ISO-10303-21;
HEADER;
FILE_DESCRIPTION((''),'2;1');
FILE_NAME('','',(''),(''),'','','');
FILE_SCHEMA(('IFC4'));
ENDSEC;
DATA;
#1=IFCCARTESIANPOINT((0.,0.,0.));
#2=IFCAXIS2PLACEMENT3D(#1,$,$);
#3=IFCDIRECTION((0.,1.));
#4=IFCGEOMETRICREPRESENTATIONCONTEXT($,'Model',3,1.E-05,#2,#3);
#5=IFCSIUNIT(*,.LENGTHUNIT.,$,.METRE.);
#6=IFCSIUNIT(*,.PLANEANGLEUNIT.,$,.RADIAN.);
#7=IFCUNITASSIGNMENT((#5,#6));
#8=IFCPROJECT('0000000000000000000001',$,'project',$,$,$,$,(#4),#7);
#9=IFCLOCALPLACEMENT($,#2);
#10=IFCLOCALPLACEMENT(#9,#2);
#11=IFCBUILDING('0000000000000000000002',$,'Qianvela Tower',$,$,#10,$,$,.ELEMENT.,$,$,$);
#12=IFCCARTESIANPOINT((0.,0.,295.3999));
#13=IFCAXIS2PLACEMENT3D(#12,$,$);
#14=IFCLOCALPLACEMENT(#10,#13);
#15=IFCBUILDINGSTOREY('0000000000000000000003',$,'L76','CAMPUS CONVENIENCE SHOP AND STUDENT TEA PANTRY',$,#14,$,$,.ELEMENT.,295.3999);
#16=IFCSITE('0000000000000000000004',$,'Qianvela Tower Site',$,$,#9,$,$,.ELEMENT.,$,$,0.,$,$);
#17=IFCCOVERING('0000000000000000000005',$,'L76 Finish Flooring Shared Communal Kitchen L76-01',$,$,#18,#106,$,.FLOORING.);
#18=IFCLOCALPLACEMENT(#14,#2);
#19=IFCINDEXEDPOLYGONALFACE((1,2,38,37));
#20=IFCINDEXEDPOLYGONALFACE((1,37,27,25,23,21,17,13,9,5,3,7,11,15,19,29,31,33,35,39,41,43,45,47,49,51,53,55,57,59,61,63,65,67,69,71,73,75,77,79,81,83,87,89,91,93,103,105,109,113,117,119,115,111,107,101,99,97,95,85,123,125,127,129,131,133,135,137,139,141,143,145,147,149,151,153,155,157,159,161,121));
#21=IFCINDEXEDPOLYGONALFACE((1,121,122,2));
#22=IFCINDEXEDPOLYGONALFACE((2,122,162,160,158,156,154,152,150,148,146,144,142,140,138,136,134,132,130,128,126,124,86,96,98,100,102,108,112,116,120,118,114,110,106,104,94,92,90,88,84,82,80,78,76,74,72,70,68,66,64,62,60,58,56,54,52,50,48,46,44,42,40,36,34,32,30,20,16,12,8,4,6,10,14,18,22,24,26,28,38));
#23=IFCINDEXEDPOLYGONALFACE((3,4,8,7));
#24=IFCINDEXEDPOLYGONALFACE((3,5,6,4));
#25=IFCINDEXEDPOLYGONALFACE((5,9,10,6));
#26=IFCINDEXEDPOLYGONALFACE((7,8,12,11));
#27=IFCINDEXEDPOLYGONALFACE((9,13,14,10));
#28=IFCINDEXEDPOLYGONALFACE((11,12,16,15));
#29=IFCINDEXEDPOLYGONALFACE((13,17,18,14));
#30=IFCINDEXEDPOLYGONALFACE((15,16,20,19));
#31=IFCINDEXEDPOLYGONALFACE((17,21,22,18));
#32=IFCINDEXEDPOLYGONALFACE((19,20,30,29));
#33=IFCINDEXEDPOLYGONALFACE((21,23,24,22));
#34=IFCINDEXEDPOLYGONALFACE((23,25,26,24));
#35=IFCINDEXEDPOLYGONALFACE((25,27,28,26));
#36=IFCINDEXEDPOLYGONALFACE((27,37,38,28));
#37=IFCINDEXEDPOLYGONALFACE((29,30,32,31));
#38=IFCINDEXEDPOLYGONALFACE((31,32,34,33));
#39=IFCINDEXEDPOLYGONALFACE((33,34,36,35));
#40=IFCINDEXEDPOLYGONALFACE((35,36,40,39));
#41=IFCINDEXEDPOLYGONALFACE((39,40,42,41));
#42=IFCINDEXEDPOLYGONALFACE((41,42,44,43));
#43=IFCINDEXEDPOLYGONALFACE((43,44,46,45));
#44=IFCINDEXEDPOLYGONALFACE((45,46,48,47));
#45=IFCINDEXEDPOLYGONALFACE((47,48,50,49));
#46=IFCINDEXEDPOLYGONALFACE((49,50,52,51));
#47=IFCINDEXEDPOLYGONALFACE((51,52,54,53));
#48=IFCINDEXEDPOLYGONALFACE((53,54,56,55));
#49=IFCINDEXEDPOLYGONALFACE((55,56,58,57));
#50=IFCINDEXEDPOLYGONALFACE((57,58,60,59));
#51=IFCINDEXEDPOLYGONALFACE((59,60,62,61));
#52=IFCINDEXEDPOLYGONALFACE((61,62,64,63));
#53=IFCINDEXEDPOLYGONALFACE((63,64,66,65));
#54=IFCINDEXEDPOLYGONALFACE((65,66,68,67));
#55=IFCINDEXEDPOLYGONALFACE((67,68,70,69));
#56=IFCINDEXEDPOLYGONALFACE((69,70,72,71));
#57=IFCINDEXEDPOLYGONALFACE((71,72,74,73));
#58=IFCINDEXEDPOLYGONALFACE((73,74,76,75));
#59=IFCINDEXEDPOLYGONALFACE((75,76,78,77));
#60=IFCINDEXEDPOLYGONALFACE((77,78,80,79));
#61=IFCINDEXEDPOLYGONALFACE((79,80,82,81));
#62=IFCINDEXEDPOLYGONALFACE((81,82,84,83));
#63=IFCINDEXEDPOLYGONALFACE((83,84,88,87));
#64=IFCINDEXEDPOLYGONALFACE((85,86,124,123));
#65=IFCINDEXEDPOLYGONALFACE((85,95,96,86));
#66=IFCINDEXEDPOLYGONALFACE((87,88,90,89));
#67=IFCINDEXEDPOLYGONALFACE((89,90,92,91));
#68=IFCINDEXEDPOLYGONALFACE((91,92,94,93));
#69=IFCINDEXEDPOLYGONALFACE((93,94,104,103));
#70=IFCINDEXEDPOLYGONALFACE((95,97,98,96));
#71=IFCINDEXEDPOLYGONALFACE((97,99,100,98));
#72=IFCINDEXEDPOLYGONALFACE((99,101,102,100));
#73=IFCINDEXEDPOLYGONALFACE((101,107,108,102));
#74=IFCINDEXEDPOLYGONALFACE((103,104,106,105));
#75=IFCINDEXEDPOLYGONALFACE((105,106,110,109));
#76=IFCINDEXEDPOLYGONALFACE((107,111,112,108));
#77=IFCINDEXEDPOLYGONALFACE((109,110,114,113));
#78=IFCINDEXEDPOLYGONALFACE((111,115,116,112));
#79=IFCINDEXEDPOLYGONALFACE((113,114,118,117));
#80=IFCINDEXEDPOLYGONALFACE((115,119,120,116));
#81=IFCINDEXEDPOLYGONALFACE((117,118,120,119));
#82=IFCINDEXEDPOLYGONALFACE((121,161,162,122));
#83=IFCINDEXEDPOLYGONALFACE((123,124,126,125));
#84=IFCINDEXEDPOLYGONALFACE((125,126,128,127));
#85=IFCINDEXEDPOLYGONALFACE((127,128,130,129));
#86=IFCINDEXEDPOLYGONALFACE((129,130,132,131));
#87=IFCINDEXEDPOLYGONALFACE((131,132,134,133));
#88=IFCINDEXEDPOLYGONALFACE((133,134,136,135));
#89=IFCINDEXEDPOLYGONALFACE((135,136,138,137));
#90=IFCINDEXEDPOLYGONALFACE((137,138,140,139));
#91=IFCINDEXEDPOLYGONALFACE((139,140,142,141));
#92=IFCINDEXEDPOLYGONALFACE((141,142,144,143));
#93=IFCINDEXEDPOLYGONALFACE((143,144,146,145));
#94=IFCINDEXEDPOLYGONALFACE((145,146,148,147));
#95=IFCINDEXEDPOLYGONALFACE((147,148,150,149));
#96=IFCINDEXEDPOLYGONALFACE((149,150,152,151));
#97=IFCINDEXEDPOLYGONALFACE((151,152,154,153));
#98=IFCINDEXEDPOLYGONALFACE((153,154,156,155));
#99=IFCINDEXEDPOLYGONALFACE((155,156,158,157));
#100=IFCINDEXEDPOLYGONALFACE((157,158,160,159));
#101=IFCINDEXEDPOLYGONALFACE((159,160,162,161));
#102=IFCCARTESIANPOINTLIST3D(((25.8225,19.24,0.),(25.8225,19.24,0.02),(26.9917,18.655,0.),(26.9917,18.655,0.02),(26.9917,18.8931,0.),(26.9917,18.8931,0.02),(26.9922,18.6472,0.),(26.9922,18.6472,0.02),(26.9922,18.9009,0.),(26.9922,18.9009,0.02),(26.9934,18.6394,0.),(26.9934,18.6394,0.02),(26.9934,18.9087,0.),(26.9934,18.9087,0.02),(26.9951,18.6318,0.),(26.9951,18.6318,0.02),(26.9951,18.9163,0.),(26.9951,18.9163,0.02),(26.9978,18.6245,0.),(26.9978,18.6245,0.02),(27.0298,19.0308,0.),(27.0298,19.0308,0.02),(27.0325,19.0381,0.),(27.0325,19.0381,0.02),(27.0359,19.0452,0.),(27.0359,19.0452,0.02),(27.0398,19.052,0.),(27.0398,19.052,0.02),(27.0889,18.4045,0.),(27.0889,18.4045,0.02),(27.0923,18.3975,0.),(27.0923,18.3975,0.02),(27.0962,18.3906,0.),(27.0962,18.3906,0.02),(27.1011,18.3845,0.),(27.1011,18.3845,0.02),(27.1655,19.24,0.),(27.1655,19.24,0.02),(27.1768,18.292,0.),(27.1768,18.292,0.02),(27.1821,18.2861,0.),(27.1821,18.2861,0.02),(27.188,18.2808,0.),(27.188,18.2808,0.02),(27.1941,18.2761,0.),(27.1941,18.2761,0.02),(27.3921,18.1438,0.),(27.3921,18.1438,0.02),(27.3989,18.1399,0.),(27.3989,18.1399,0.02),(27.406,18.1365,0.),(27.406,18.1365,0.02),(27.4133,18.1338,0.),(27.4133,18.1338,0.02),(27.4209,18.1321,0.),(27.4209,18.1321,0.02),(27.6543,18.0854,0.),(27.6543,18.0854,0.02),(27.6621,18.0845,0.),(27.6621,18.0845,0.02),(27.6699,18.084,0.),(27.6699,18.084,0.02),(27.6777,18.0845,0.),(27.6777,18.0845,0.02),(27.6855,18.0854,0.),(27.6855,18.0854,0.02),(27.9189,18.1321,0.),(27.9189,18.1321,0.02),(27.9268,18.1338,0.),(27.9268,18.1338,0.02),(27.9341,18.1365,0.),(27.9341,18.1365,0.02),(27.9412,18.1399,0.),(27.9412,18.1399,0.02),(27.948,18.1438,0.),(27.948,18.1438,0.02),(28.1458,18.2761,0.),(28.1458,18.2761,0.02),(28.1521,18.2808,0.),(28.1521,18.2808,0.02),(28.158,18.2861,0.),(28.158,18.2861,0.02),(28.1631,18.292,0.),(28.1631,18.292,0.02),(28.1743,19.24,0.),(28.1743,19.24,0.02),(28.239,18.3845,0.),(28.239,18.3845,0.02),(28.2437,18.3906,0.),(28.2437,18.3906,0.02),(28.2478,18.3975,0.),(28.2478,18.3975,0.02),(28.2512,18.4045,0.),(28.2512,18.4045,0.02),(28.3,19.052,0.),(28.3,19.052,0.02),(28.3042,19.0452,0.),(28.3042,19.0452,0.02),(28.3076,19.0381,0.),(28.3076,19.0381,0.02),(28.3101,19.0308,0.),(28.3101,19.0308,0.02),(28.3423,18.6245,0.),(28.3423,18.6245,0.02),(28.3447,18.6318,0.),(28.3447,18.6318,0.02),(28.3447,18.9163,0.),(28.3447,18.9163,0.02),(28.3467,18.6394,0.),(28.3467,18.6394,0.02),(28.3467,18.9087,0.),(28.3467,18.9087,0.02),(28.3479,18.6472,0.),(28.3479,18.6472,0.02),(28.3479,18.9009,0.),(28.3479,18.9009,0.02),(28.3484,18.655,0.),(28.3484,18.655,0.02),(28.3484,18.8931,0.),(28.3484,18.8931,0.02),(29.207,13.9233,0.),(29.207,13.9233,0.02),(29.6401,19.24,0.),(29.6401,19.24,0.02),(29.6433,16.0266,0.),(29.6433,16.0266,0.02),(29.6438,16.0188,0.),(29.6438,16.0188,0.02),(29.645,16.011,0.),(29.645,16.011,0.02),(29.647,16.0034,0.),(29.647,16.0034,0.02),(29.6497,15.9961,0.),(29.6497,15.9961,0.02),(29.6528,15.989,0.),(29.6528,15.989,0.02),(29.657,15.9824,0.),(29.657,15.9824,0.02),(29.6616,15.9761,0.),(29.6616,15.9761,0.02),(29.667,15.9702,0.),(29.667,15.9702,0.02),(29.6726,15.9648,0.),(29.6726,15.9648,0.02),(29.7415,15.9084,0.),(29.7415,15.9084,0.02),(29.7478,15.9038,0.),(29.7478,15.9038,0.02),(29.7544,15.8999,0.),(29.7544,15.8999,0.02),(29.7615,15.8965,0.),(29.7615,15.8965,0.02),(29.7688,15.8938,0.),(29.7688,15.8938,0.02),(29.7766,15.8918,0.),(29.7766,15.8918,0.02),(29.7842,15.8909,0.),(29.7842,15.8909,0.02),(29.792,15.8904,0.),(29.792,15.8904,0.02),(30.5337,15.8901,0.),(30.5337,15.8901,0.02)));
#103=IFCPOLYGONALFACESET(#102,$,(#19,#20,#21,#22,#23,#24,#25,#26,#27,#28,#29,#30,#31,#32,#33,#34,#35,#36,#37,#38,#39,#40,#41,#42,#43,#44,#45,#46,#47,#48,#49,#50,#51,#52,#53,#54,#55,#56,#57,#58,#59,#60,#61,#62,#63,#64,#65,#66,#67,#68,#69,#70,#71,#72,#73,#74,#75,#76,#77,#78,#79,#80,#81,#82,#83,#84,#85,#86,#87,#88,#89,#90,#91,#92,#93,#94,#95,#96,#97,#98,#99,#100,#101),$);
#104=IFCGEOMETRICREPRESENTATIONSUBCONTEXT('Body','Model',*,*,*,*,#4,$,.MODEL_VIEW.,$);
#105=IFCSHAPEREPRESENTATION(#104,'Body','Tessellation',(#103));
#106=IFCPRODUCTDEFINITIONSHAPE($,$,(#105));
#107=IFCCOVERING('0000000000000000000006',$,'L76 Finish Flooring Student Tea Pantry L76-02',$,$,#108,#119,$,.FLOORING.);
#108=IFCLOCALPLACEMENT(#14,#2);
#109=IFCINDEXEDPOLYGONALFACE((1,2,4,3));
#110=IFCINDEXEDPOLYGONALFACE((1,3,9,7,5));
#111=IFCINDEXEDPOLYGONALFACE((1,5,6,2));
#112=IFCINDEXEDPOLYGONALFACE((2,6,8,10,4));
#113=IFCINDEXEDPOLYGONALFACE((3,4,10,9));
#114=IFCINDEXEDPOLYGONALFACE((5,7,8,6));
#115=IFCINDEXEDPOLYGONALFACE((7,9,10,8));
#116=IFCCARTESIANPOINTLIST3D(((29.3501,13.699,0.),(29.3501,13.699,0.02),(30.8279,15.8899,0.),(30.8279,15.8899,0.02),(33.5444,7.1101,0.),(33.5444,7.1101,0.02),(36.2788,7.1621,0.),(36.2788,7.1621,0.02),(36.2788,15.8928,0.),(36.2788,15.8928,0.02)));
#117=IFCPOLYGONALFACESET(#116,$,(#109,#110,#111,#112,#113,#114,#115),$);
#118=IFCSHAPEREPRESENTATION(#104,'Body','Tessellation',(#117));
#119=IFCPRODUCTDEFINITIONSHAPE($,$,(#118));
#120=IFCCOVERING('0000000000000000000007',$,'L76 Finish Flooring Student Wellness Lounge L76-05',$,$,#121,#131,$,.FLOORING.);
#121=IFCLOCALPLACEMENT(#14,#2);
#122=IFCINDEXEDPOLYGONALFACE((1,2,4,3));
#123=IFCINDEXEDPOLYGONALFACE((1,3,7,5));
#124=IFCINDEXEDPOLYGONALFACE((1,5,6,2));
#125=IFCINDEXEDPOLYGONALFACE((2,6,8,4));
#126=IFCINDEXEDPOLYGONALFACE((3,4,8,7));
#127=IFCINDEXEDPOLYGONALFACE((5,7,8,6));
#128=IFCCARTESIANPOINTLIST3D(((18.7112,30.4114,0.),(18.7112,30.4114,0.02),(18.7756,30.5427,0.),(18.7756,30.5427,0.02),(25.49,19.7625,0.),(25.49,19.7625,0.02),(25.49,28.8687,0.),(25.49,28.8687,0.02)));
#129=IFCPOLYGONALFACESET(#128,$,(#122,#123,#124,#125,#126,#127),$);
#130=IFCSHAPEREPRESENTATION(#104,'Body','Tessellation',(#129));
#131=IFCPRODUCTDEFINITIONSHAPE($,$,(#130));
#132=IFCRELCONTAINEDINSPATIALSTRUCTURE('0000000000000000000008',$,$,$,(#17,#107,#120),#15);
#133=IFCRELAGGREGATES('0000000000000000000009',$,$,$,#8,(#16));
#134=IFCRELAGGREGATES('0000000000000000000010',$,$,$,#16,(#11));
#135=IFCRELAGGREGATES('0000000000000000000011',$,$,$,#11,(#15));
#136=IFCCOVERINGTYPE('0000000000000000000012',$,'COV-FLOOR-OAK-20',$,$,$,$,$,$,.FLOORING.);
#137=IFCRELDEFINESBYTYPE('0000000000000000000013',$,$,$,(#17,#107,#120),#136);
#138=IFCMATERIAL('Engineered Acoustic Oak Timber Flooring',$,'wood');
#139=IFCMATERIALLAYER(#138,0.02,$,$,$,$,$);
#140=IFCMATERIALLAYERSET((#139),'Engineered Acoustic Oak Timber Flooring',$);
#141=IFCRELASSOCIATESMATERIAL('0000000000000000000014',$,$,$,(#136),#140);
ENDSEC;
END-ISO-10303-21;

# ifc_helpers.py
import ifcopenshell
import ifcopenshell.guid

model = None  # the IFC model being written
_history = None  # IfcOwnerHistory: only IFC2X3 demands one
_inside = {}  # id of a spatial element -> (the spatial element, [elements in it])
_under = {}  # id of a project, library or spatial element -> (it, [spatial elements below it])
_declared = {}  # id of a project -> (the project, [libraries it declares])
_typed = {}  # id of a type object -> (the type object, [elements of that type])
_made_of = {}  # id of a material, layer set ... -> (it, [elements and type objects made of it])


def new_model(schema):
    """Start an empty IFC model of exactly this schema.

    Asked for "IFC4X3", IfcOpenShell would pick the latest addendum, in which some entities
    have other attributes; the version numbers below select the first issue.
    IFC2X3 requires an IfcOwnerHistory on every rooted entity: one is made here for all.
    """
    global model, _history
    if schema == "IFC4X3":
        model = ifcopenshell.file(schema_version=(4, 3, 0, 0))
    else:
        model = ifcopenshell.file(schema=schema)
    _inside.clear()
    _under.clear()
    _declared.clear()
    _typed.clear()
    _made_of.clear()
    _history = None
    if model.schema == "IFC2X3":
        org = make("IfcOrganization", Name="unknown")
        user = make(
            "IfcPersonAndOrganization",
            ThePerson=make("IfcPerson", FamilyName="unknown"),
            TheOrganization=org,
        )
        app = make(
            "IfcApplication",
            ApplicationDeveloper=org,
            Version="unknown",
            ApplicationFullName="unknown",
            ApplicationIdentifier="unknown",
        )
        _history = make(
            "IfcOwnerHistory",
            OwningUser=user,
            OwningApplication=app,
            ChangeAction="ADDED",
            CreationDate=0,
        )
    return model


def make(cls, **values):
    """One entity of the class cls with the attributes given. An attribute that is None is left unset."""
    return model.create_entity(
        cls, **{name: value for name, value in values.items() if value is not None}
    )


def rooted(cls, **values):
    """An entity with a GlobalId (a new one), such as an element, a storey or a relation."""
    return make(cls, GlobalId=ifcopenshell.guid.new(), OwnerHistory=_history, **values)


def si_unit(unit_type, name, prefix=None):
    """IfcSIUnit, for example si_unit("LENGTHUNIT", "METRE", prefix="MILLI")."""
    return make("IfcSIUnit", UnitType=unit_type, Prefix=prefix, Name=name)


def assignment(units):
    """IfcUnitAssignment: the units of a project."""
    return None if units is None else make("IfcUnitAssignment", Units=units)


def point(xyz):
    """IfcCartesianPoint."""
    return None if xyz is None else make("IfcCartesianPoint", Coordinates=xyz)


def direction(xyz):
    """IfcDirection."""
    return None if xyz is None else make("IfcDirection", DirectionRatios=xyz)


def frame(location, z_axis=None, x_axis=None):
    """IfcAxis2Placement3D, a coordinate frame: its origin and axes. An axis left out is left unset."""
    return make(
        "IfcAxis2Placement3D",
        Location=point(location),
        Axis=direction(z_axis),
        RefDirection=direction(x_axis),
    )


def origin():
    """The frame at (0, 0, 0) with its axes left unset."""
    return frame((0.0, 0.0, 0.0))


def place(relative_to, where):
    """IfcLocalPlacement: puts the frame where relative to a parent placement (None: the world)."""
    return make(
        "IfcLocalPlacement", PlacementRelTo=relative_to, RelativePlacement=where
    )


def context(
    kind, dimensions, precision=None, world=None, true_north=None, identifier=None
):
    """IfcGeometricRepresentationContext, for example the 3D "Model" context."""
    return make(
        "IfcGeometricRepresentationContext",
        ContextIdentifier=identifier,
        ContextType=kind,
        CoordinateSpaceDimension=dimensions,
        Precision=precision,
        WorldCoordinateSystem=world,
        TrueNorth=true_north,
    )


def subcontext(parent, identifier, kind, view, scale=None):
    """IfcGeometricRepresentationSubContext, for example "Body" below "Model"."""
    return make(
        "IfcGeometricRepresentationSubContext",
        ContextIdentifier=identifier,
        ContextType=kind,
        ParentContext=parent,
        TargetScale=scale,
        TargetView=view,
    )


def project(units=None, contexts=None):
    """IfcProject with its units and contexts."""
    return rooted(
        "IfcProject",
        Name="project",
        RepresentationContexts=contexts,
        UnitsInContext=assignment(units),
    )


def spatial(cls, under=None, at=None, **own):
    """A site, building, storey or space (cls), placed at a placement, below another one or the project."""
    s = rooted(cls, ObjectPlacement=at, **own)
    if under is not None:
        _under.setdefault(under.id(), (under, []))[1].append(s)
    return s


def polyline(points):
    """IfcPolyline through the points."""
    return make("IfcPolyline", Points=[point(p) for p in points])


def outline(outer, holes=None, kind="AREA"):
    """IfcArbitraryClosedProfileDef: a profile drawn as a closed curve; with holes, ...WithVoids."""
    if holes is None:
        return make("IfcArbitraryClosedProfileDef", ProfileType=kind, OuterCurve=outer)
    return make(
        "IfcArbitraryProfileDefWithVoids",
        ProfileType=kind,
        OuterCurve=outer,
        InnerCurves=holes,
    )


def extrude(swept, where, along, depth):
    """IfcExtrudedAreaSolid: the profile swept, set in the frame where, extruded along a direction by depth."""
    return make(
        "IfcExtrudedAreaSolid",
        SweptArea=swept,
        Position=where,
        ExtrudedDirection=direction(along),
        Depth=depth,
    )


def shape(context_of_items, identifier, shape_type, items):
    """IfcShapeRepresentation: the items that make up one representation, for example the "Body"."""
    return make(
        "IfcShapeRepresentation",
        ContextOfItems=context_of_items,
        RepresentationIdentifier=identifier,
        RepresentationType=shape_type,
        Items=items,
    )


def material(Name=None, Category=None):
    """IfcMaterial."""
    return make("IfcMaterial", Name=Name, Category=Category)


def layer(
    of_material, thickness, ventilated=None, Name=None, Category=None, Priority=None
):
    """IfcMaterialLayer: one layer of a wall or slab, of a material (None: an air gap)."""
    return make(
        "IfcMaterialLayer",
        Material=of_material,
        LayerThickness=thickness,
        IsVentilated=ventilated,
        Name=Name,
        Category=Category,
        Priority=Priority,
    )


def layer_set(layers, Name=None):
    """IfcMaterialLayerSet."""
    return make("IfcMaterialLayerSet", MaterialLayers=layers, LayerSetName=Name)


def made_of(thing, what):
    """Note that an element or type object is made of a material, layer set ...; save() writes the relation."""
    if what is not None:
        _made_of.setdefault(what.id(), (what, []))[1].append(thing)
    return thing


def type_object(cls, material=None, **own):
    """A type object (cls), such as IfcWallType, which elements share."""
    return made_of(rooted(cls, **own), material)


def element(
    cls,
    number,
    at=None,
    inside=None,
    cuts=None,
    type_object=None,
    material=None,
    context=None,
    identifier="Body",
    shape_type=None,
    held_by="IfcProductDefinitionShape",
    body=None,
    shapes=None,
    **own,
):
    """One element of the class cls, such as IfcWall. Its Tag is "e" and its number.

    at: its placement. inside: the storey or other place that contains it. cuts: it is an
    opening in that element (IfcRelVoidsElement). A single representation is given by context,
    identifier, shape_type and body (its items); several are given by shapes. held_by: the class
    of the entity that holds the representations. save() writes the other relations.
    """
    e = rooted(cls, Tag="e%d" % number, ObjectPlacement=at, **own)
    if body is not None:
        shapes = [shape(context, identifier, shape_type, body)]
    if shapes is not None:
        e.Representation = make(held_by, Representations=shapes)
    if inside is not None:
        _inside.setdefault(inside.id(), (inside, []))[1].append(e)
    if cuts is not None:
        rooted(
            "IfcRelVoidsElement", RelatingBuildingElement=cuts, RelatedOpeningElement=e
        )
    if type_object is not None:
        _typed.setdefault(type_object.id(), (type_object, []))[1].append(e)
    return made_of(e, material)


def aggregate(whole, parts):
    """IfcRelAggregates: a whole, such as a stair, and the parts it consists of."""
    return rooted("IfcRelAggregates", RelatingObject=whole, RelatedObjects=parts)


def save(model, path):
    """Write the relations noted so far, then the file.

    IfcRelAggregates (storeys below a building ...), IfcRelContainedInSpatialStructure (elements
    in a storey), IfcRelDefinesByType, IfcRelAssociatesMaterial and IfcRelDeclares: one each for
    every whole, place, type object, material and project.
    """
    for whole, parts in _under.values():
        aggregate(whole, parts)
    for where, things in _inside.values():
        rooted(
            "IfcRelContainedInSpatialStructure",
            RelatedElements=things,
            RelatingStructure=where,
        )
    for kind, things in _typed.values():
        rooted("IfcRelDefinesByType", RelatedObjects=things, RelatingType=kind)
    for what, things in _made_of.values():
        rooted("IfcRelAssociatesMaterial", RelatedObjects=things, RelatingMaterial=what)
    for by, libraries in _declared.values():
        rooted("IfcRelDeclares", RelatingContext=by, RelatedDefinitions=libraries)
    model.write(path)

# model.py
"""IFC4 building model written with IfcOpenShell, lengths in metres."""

from ifc_helpers import new_model, si_unit, direction, frame, origin, place, context, subcontext, project, spatial, polyline, outline, extrude, material, layer, layer_set, type_object, element, save


model = new_model("IFC4")

# Units and contexts
model_context = context("Model", 3, precision=1e-05, world=origin(), true_north=direction((0.0, 1.0)))
body_context = subcontext(model_context, "Body", "Model", "MODEL_VIEW")
ifc_project = project(units=[si_unit("LENGTHUNIT", "METRE"), si_unit("PLANEANGLEUNIT", "RADIAN")], contexts=[model_context])

# Site, building, storey
site_placement = place(None, origin())
site = spatial("IfcSite", under=ifc_project, at=site_placement, Name="Qianvela Tower Site", CompositionType="ELEMENT", RefElevation=0.0)
building_placement = place(site_placement, origin())
building = spatial("IfcBuilding", under=site, at=building_placement, Name="Qianvela Tower", CompositionType="ELEMENT")
storey_placement = place(building_placement, frame((0.0, 0.0, 295.3999)))
storey = spatial("IfcBuildingStorey", under=building, at=storey_placement, Name="L76", Description="CAMPUS CONVENIENCE SHOP AND STUDENT TEA PANTRY", CompositionType="ELEMENT", Elevation=295.3999)

# Coverings
ifc_material_1 = material(Name="Engineered Acoustic Oak Timber Flooring", Category="wood")
ifc_layer_1 = layer(ifc_material_1, 0.02)
ifc_layer_set_1 = layer_set([ifc_layer_1], Name="Engineered Acoustic Oak Timber Flooring")
covering_type_1 = type_object("IfcCoveringType", Name="COV-FLOOR-OAK-20", PredefinedType="FLOORING", material=ifc_layer_set_1)
covering_1_placement = place(storey_placement, origin())
element("IfcCovering", 1, at=covering_1_placement, inside=storey, type_object=covering_type_1, Name="L76 Finish Flooring Shared Communal Kitchen L76-01", PredefinedType="FLOORING", context=body_context, shape_type="SweptSolid", body=[
    extrude(outline(polyline([(27.1655, 19.24), (27.0398, 19.052), (27.0359, 19.0452), (27.0325, 19.0381), (27.0298, 19.0308), (26.9951, 18.9163), (26.9934, 18.9087), (26.9922, 18.9009), (26.9917, 18.8931), (26.9917, 18.655), (26.9922, 18.6472), (26.9934, 18.6394), (26.9951, 18.6318), (26.9978, 18.6245), (27.0889, 18.4045), (27.0923, 18.3975), (27.0962, 18.3906), (27.1011, 18.3845), (27.1768, 18.292), (27.1821, 18.2861), (27.188, 18.2808), (27.1941, 18.2761), (27.3921, 18.1438), (27.3989, 18.1399), (27.406, 18.1365), (27.4133, 18.1338), (27.4209, 18.1321), (27.6543, 18.0854), (27.6621, 18.0845), (27.6699, 18.084), (27.6777, 18.0845), (27.6855, 18.0854), (27.9189, 18.1321), (27.9268, 18.1338), (27.9341, 18.1365), (27.9412, 18.1399), (27.948, 18.1438), (28.1458, 18.2761), (28.1521, 18.2808), (28.158, 18.2861), (28.1631, 18.292), (28.239, 18.3845), (28.2437, 18.3906), (28.2478, 18.3975), (28.2512, 18.4045), (28.3423, 18.6245), (28.3447, 18.6318), (28.3467, 18.6394), (28.3479, 18.6472), (28.3484, 18.655), (28.3484, 18.8931), (28.3479, 18.9009), (28.3467, 18.9087), (28.3447, 18.9163), (28.3101, 19.0308), (28.3076, 19.0381), (28.3042, 19.0452), (28.3, 19.052), (28.1743, 19.24), (29.6401, 19.24), (29.6433, 16.0266), (29.6438, 16.0188), (29.645, 16.011), (29.647, 16.0034), (29.6497, 15.9961), (29.6528, 15.989), (29.657, 15.9824), (29.6616, 15.9761), (29.667, 15.9702), (29.6726, 15.9648), (29.7415, 15.9084), (29.7478, 15.9038), (29.7544, 15.8999), (29.7615, 15.8965), (29.7688, 15.8938), (29.7766, 15.8918), (29.7842, 15.8909), (29.792, 15.8904), (30.5337, 15.8901), (29.207, 13.9233), (25.8225, 19.24), (27.1655, 19.24)])), origin(), (0.0, 0.0, 1.0), 0.02),
])
covering_2_placement = place(storey_placement, origin())
element("IfcCovering", 2, at=covering_2_placement, inside=storey, type_object=covering_type_1, Name="L76 Finish Flooring Student Tea Pantry L76-02", PredefinedType="FLOORING", context=body_context, shape_type="SweptSolid", body=[
    extrude(outline(polyline([(30.8279, 15.8899), (36.2788, 15.8928), (36.2788, 7.1621), (33.5444, 7.1101), (29.3501, 13.699), (30.8279, 15.8899)])), origin(), (0.0, 0.0, 1.0), 0.02),
])
covering_3_placement = place(storey_placement, origin())
element("IfcCovering", 3, at=covering_3_placement, inside=storey, type_object=covering_type_1, Name="L76 Finish Flooring Student Wellness Lounge L76-05", PredefinedType="FLOORING", context=body_context, shape_type="SweptSolid", body=[
    extrude(outline(polyline([(25.49, 28.8687), (25.49, 19.7625), (18.7112, 30.4114), (18.7756, 30.5427), (25.49, 28.8687)])), origin(), (0.0, 0.0, 1.0), 0.02),
])

save(model, "model.ifc")
